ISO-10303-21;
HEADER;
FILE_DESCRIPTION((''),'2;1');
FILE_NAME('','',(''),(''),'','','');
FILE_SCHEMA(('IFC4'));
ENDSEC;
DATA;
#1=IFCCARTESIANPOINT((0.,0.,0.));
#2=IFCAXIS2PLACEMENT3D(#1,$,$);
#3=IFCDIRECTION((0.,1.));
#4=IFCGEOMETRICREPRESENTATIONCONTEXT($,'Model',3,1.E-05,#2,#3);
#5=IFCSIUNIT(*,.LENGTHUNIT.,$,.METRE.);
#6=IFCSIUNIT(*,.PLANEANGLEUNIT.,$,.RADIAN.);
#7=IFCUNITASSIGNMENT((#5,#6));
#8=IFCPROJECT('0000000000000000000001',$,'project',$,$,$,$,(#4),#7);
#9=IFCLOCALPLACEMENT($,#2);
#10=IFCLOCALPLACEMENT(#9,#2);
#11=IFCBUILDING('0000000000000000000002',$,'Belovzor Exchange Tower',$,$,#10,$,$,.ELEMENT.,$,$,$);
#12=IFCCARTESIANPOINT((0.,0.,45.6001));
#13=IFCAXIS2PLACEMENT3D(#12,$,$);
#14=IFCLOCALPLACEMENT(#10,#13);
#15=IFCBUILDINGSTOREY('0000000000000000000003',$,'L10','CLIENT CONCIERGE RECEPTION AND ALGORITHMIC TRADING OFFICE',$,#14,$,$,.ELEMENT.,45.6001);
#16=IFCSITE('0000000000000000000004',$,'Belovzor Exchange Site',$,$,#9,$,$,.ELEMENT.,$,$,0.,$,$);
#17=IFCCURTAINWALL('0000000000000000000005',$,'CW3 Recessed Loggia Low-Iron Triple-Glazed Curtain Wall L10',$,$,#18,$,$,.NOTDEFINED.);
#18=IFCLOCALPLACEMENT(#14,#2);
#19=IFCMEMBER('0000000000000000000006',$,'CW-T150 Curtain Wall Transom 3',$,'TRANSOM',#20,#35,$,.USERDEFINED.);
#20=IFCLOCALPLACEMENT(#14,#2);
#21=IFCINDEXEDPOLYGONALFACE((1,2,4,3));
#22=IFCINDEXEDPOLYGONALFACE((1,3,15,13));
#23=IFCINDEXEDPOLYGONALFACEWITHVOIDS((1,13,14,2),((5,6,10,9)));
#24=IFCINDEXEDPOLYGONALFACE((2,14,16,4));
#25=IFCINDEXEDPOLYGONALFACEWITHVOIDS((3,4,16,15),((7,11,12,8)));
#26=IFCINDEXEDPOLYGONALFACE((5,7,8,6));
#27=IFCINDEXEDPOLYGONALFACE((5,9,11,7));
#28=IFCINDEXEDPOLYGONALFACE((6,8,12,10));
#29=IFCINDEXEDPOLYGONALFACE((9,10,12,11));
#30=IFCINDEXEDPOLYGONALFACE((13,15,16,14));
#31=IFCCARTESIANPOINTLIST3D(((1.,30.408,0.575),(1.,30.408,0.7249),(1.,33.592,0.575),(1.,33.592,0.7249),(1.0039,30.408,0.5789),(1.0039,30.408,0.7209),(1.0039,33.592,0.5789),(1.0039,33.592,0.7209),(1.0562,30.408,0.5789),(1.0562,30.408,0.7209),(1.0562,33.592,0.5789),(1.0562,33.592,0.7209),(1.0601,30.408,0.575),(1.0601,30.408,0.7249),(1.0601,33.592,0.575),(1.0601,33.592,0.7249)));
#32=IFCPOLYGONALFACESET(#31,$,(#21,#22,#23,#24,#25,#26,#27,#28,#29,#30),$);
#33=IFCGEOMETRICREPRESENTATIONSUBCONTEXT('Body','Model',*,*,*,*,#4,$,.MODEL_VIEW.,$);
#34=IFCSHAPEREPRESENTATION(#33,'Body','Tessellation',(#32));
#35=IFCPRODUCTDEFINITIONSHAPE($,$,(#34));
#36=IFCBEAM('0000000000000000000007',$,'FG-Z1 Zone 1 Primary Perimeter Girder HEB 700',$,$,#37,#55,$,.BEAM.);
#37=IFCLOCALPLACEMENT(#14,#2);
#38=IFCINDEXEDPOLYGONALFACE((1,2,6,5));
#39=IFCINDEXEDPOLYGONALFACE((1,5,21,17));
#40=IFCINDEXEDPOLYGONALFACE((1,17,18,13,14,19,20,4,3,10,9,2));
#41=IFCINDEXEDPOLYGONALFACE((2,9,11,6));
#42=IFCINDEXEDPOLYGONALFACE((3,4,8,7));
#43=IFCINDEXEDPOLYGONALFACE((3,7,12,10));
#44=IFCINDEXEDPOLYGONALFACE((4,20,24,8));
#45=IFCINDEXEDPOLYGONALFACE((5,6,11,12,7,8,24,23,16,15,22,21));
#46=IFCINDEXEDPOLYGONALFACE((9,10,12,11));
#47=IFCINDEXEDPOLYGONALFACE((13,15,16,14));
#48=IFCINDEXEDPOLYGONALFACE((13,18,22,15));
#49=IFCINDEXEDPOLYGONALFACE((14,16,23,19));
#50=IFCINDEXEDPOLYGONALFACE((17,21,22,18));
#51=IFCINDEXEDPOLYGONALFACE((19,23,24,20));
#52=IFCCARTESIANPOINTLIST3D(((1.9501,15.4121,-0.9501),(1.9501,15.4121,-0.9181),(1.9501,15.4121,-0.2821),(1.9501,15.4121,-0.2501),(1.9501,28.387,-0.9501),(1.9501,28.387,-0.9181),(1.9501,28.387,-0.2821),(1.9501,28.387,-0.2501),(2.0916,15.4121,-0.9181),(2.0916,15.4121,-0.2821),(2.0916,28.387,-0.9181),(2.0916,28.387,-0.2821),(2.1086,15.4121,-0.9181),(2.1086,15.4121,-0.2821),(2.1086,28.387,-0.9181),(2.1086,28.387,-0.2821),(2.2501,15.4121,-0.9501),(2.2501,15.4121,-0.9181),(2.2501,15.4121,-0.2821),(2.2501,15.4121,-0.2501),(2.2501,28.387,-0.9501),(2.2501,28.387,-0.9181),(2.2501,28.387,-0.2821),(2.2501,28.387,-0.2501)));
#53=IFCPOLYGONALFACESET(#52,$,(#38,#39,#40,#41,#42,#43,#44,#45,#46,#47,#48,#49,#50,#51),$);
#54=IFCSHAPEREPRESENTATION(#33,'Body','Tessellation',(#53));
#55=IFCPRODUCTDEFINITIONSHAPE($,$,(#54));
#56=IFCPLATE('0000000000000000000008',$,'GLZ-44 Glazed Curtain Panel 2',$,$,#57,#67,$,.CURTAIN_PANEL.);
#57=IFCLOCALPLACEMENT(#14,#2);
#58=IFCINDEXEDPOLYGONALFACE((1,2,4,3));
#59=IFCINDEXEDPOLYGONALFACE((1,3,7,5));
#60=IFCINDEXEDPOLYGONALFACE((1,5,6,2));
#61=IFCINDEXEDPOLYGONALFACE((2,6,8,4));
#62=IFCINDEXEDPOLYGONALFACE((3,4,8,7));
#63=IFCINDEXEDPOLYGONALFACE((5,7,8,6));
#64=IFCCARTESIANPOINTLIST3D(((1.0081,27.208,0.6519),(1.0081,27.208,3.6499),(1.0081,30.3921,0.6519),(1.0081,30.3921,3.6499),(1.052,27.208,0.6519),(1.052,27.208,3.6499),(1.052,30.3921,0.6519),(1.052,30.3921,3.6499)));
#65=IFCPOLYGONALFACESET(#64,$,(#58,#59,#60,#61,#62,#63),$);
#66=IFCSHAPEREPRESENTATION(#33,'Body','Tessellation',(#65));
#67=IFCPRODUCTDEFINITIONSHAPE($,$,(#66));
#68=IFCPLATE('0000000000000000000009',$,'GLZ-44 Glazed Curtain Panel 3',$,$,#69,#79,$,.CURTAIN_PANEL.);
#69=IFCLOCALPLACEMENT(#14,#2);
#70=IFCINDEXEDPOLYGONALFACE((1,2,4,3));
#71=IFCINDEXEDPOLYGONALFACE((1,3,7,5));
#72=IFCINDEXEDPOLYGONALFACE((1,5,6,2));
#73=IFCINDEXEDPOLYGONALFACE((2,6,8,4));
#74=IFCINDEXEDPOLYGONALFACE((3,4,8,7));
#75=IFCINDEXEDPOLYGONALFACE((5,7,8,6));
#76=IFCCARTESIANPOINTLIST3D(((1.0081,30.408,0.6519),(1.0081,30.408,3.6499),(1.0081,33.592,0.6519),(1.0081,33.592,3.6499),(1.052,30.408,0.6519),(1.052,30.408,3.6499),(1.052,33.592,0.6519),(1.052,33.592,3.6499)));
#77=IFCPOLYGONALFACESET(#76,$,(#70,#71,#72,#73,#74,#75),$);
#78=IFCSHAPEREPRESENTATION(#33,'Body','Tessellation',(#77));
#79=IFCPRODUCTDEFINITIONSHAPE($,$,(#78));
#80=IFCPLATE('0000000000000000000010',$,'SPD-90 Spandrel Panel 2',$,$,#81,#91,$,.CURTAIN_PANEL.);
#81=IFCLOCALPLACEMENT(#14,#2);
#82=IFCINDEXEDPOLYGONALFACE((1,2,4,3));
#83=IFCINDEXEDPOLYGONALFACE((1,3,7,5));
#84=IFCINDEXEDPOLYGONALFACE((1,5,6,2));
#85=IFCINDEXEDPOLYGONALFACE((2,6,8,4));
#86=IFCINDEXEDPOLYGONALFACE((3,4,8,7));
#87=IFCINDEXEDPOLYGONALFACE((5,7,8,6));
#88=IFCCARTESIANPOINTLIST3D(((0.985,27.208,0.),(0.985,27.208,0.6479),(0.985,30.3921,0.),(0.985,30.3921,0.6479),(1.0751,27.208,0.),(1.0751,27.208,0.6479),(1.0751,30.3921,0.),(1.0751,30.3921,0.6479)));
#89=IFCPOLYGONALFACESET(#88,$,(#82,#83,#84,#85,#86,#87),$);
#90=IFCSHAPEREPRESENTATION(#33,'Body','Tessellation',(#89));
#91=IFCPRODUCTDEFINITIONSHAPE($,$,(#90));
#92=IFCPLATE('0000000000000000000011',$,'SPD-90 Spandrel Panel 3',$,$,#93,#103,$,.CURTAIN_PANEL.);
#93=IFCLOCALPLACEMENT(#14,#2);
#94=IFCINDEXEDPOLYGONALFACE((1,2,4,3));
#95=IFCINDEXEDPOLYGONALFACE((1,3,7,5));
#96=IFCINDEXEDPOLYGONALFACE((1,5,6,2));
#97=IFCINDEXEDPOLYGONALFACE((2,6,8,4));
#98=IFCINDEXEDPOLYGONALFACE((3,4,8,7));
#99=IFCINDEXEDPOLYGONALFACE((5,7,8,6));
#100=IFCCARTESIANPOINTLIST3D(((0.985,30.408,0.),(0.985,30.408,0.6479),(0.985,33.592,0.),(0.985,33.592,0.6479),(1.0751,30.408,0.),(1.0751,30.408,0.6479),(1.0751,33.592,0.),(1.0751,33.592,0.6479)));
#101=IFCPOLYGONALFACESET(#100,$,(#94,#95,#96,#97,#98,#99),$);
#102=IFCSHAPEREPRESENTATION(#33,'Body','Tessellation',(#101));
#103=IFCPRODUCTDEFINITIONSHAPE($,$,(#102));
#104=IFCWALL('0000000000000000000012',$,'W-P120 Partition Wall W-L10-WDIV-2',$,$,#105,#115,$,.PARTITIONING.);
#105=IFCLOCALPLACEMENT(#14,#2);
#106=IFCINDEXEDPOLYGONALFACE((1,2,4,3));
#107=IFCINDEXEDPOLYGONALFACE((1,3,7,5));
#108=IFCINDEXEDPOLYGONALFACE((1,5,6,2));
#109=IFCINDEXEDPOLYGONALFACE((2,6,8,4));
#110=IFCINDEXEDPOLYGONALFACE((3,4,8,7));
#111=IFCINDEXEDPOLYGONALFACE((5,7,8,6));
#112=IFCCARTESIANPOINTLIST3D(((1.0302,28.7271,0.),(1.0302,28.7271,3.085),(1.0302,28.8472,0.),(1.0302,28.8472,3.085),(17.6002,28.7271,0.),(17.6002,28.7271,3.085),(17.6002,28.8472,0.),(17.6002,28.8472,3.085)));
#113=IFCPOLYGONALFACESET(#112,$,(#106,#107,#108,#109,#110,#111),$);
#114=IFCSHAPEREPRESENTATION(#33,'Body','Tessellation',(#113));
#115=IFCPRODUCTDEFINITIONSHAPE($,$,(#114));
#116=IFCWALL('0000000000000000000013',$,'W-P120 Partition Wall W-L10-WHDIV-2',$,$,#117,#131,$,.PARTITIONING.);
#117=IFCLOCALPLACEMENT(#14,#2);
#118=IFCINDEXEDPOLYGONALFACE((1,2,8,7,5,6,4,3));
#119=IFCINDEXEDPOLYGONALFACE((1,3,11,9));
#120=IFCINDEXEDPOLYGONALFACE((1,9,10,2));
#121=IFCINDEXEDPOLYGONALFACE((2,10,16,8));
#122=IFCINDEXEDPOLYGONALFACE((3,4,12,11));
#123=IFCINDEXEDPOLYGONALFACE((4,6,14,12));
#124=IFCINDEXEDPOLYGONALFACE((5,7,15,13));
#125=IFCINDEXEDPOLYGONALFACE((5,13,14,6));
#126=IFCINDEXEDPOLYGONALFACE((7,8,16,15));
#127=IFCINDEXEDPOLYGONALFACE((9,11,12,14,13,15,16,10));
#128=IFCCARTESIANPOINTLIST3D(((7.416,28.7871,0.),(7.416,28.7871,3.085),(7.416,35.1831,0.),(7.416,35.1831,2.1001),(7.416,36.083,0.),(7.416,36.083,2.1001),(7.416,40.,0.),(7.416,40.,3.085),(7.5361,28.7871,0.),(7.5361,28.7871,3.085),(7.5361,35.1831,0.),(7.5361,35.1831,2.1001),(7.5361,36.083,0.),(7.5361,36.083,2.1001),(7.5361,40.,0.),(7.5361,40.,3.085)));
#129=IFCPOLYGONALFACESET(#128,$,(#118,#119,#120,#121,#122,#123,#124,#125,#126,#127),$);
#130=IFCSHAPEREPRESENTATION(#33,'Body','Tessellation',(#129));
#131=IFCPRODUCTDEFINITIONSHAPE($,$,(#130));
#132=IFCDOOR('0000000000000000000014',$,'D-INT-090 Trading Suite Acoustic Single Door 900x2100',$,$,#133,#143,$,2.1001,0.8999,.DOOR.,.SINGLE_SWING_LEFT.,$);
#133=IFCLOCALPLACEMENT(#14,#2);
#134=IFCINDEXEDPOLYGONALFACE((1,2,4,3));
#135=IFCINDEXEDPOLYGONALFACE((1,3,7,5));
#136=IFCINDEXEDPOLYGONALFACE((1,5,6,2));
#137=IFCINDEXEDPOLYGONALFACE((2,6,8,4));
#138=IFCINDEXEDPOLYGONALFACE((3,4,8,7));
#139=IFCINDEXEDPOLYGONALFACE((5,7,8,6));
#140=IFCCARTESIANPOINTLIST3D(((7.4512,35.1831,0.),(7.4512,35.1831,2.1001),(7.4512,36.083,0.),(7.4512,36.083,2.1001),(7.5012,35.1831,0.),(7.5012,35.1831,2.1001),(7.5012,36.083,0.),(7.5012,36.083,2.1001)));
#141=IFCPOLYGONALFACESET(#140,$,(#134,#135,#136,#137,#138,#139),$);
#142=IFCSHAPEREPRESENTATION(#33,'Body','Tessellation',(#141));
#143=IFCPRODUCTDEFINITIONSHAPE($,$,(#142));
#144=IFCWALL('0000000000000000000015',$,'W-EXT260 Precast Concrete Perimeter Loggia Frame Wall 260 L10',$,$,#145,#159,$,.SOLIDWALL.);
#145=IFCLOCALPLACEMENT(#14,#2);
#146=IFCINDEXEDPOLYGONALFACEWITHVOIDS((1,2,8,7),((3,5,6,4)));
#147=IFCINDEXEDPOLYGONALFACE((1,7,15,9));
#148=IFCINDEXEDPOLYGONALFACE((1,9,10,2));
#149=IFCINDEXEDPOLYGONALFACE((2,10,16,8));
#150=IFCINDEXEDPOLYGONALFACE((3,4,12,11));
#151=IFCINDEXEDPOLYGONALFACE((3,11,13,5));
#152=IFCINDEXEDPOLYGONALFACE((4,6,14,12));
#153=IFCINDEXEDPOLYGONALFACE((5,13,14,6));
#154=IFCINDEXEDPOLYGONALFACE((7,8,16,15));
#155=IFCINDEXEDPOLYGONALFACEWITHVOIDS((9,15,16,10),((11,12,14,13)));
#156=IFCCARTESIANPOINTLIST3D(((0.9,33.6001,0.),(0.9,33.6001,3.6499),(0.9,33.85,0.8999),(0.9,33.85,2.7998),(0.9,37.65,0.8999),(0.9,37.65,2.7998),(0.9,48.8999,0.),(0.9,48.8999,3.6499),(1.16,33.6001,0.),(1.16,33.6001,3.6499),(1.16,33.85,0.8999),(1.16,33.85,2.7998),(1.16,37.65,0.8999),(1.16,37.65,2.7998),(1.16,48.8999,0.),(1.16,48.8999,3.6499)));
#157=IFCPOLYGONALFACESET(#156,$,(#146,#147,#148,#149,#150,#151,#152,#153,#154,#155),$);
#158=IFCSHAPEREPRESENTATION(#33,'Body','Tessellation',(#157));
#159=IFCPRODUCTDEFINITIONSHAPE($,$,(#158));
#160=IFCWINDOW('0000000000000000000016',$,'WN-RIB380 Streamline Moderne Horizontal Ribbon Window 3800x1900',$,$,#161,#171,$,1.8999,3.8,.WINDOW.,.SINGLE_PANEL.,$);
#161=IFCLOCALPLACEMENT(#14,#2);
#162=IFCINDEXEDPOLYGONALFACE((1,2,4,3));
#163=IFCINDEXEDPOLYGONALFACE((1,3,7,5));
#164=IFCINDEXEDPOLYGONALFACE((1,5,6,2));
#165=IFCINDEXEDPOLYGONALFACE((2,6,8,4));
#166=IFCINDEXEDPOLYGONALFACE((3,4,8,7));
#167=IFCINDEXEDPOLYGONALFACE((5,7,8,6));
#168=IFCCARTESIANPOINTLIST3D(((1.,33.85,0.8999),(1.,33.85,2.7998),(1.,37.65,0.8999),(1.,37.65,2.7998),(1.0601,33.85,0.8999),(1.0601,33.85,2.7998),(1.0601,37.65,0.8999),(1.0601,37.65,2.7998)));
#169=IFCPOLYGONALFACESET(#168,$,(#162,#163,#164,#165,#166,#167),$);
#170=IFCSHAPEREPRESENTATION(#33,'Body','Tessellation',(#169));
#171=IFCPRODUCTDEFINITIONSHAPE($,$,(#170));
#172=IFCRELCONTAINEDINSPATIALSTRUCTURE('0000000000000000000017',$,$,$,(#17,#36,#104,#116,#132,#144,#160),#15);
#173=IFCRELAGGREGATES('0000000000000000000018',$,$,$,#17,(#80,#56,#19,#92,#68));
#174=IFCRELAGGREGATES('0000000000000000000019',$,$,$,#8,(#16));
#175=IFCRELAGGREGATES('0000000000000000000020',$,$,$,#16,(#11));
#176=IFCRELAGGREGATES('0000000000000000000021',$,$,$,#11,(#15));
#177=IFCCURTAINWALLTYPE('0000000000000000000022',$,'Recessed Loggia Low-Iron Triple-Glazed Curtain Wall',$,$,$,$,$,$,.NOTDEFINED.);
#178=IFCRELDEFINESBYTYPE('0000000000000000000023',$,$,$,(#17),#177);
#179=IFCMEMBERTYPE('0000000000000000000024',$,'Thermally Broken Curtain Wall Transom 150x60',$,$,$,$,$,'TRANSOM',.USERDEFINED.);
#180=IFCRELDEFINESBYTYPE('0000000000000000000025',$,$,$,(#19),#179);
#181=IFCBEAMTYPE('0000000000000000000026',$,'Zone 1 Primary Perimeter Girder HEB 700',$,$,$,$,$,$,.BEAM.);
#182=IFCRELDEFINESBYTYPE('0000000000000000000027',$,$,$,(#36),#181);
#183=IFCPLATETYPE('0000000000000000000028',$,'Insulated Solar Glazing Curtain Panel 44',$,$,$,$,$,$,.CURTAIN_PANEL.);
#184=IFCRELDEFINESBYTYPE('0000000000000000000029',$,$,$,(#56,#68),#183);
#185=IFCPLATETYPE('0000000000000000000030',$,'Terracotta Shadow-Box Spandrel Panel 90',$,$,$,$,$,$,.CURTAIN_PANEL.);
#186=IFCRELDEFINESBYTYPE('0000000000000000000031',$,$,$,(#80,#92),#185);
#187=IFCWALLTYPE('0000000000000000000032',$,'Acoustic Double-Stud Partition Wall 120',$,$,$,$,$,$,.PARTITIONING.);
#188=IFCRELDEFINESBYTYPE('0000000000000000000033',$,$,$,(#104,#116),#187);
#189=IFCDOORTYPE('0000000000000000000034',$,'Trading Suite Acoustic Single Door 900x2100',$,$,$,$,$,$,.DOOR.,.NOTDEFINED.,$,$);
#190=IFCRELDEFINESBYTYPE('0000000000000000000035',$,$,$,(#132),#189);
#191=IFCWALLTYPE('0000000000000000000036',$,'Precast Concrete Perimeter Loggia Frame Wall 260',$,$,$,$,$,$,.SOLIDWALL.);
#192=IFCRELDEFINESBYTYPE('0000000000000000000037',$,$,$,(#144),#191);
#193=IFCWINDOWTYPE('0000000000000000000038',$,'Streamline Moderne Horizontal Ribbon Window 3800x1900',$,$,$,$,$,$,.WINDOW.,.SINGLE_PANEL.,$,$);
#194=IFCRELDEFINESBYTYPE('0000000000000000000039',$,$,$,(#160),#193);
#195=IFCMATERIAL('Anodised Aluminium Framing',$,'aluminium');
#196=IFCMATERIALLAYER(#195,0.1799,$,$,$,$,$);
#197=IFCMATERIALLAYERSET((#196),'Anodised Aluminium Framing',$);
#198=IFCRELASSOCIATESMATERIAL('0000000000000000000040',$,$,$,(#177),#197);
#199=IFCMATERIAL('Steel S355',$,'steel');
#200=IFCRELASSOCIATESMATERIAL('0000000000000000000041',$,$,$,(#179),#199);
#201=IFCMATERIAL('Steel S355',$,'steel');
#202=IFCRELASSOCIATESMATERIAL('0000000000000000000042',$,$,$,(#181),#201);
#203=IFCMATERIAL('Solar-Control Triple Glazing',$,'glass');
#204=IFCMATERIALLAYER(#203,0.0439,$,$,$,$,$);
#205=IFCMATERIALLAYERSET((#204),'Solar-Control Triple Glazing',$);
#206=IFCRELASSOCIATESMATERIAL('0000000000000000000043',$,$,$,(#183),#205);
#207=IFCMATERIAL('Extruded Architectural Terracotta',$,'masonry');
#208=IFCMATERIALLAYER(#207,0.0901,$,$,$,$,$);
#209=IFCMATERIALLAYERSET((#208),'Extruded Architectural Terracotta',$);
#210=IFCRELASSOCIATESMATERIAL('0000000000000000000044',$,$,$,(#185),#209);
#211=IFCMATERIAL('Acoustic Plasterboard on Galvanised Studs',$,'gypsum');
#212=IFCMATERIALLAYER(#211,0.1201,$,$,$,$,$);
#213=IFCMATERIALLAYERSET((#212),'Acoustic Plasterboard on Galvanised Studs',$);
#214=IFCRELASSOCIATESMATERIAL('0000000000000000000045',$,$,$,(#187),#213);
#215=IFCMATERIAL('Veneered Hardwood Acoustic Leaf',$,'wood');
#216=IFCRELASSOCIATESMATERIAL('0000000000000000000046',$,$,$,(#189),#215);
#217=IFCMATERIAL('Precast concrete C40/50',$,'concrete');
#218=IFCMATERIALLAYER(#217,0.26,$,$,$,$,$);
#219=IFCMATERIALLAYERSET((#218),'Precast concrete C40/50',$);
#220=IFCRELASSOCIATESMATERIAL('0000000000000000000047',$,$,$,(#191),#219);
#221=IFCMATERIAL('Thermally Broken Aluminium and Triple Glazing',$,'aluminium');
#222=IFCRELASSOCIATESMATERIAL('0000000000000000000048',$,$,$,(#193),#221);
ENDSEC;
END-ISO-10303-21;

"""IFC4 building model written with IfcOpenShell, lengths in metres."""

from ifc_helpers import new_model, si_unit, direction, frame, frame_2d, origin, origin_2d, place, context, subcontext, project, spatial, rectangle, hollow_rectangle, i_section, extrude, material, layer, layer_set, material_profile, profile_set, type_object, element, fill, aggregate, save


model = new_model("IFC4")

# Units and contexts
model_context = context("Model", 3, precision=1e-05, world=origin(), true_north=direction((0.0, 1.0)))
body_context = subcontext(model_context, "Body", "Model", "MODEL_VIEW")
ifc_project = project(units=[si_unit("LENGTHUNIT", "METRE"), si_unit("PLANEANGLEUNIT", "RADIAN")], contexts=[model_context])

# Site, building, storey
site_placement = place(None, origin())
site = spatial("IfcSite", under=ifc_project, at=site_placement, Name="Belovzor Exchange Site", CompositionType="ELEMENT", RefElevation=0.0)
building_placement = place(site_placement, origin())
building = spatial("IfcBuilding", under=site, at=building_placement, Name="Belovzor Exchange Tower", CompositionType="ELEMENT")
storey_placement = place(building_placement, frame((0.0, 0.0, 45.6001)))
storey = spatial("IfcBuildingStorey", under=building, at=storey_placement, Name="L10", Description="CLIENT CONCIERGE RECEPTION AND ALGORITHMIC TRADING OFFICE", CompositionType="ELEMENT", Elevation=45.6001)

# Curtain wall, member
ifc_material_1 = material(Name="Anodised Aluminium Framing", Category="aluminium")
ifc_layer_1 = layer(ifc_material_1, 0.1799)
ifc_layer_set_1 = layer_set([ifc_layer_1], Name="Anodised Aluminium Framing")
curtain_wall_type = type_object("IfcCurtainWallType", Name="Recessed Loggia Low-Iron Triple-Glazed Curtain Wall", PredefinedType="NOTDEFINED", material=ifc_layer_set_1)
curtain_wall_placement = place(storey_placement, origin())
curtain_wall = element("IfcCurtainWall", 1, at=curtain_wall_placement, inside=storey, type_object=curtain_wall_type, Name="CW3 Recessed Loggia Low-Iron Triple-Glazed Curtain Wall L10", PredefinedType="NOTDEFINED")
ifc_material_2 = material(Name="Steel S355", Category="steel")
ifc_material_profile_1 = material_profile(ifc_material_2, hollow_rectangle(XDim=0.0601, YDim=0.1499, WallThickness=0.0039, at=origin_2d()))
ifc_profile_set_1 = profile_set([ifc_material_profile_1], Name="Steel S355")
member_type_1 = type_object("IfcMemberType", Name="Thermally Broken Curtain Wall Transom 150x60", ElementType="TRANSOM", PredefinedType="USERDEFINED", material=ifc_profile_set_1)
member_1_placement = place(storey_placement, frame((1.03, 30.408, 0.6499), z_axis=(0.0, 1.0, 0.0), x_axis=(-1.0, 0.0, 0.0)))
member_1 = element("IfcMember", 2, at=member_1_placement, type_object=member_type_1, Name="CW-T150 Curtain Wall Transom 3", ObjectType="TRANSOM", PredefinedType="USERDEFINED", context=body_context, shape_type="SweptSolid", body=[
    extrude(hollow_rectangle(XDim=0.0601, YDim=0.1499, WallThickness=0.0039, at=origin_2d()), origin(), (0.0, 0.0, 1.0), 3.1841),
])

# Beam
ifc_material_3 = material(Name="Steel S355", Category="steel")
ifc_material_profile_2 = material_profile(ifc_material_3, i_section(OverallWidth=0.3, OverallDepth=0.7, WebThickness=0.0171, FlangeThickness=0.032, at=origin_2d()))
ifc_profile_set_2 = profile_set([ifc_material_profile_2], Name="Steel S355")
beam_type_1 = type_object("IfcBeamType", Name="Zone 1 Primary Perimeter Girder HEB 700", PredefinedType="BEAM", material=ifc_profile_set_2)
beam_1_placement = place(storey_placement, frame((2.1001, 28.387, -0.6001), z_axis=(0.0, -1.0, 0.0), x_axis=(1.0, 0.0, 0.0)))
element("IfcBeam", 3, at=beam_1_placement, inside=storey, type_object=beam_type_1, Name="FG-Z1 Zone 1 Primary Perimeter Girder HEB 700", PredefinedType="BEAM", context=body_context, shape_type="SweptSolid", body=[
    extrude(i_section(OverallWidth=0.3, OverallDepth=0.7, WebThickness=0.0171, FlangeThickness=0.032, at=origin_2d()), origin(), (0.0, 0.0, 1.0), 12.9749),
])

# Plates
ifc_material_4 = material(Name="Solar-Control Triple Glazing", Category="glass")
ifc_layer_2 = layer(ifc_material_4, 0.0439)
ifc_layer_set_2 = layer_set([ifc_layer_2], Name="Solar-Control Triple Glazing")
plate_type_1 = type_object("IfcPlateType", Name="Insulated Solar Glazing Curtain Panel 44", PredefinedType="CURTAIN_PANEL", material=ifc_layer_set_2)
plate_1_placement = place(storey_placement, frame((1.03, 28.8, 0.6519), z_axis=(0.0, 0.0, 1.0), x_axis=(0.0, 1.0, 0.0)))
plate_1 = element("IfcPlate", 4, at=plate_1_placement, type_object=plate_type_1, Name="GLZ-44 Glazed Curtain Panel 2", PredefinedType="CURTAIN_PANEL", context=body_context, shape_type="SweptSolid", body=[
    extrude(rectangle(XDim=3.1841, YDim=0.0439, at=origin_2d()), origin(), (0.0, 0.0, 1.0), 2.998),
])
plate_2_placement = place(storey_placement, frame((1.03, 32.0, 0.6519), z_axis=(0.0, 0.0, 1.0), x_axis=(0.0, 1.0, 0.0)))
plate_2 = element("IfcPlate", 5, at=plate_2_placement, type_object=plate_type_1, Name="GLZ-44 Glazed Curtain Panel 3", PredefinedType="CURTAIN_PANEL", context=body_context, shape_type="SweptSolid", body=[
    extrude(rectangle(XDim=3.1841, YDim=0.0439, at=origin_2d()), origin(), (0.0, 0.0, 1.0), 2.998),
])
ifc_material_5 = material(Name="Extruded Architectural Terracotta", Category="masonry")
ifc_layer_3 = layer(ifc_material_5, 0.0901)
ifc_layer_set_3 = layer_set([ifc_layer_3], Name="Extruded Architectural Terracotta")
plate_type_2 = type_object("IfcPlateType", Name="Terracotta Shadow-Box Spandrel Panel 90", PredefinedType="CURTAIN_PANEL", material=ifc_layer_set_3)
plate_3_placement = place(storey_placement, frame((1.03, 28.8, 0.0), z_axis=(0.0, 0.0, 1.0), x_axis=(0.0, 1.0, 0.0)))
plate_3 = element("IfcPlate", 6, at=plate_3_placement, type_object=plate_type_2, Name="SPD-90 Spandrel Panel 2", PredefinedType="CURTAIN_PANEL", context=body_context, shape_type="SweptSolid", body=[
    extrude(rectangle(XDim=3.1841, YDim=0.0901, at=origin_2d()), origin(), (0.0, 0.0, 1.0), 0.6479),
])
plate_4_placement = place(storey_placement, frame((1.03, 32.0, 0.0), z_axis=(0.0, 0.0, 1.0), x_axis=(0.0, 1.0, 0.0)))
plate_4 = element("IfcPlate", 7, at=plate_4_placement, type_object=plate_type_2, Name="SPD-90 Spandrel Panel 3", PredefinedType="CURTAIN_PANEL", context=body_context, shape_type="SweptSolid", body=[
    extrude(rectangle(XDim=3.1841, YDim=0.0901, at=origin_2d()), origin(), (0.0, 0.0, 1.0), 0.6479),
])
aggregate(curtain_wall, [plate_3, plate_1, member_1, plate_4, plate_2])

# Wall
ifc_material_6 = material(Name="Acoustic Plasterboard on Galvanised Studs", Category="gypsum")
ifc_layer_4 = layer(ifc_material_6, 0.1201)
ifc_layer_set_4 = layer_set([ifc_layer_4], Name="Acoustic Plasterboard on Galvanised Studs")
wall_type_1 = type_object("IfcWallType", Name="Acoustic Double-Stud Partition Wall 120", PredefinedType="PARTITIONING", material=ifc_layer_set_4)
wall_1_placement = place(storey_placement, frame((1.03, 28.7871, 0.0), z_axis=(0.0, 0.0, 1.0), x_axis=(1.0, 0.0, 0.0)))
element("IfcWall", 8, at=wall_1_placement, inside=storey, type_object=wall_type_1, Name="W-P120 Partition Wall W-L10-WDIV-2", PredefinedType="PARTITIONING", context=body_context, shape_type="SweptSolid", body=[
    extrude(rectangle(XDim=16.5701, YDim=0.1201, at=frame_2d((8.2852, 0.0))), origin(), (0.0, 0.0, 1.0), 3.085),
])

# Wall, opening, door
wall_2_placement = place(storey_placement, frame((7.4761, 28.7871, 0.0), z_axis=(0.0, 0.0, 1.0), x_axis=(0.0, 1.0, 0.0)))
wall_2 = element("IfcWall", 9, at=wall_2_placement, inside=storey, type_object=wall_type_1, Name="W-P120 Partition Wall W-L10-WHDIV-2", PredefinedType="PARTITIONING", context=body_context, shape_type="SweptSolid", body=[
    extrude(rectangle(XDim=11.2129, YDim=0.1201, at=frame_2d((5.6064, 0.0))), origin(), (0.0, 0.0, 1.0), 3.085),
])
opening_1_placement = place(wall_2_placement, frame((6.396, 0.0, 0.0)))
opening_1 = element("IfcOpeningElement", 10, at=opening_1_placement, cuts=wall_2, PredefinedType="OPENING", context=body_context, shape_type="SweptSolid", body=[
    extrude(rectangle(XDim=0.8999, YDim=2.1001, at=frame_2d((0.45, 1.05))), frame((0.0, 0.0701, 0.0), z_axis=(0.0, -1.0, 0.0), x_axis=(1.0, 0.0, 0.0)), (0.0, 0.0, 1.0), 0.1401),
])
ifc_material_7 = material(Name="Veneered Hardwood Acoustic Leaf", Category="wood")
door_type = type_object("IfcDoorType", Name="Trading Suite Acoustic Single Door 900x2100", OperationType="NOTDEFINED", PredefinedType="DOOR", material=ifc_material_7)
door_placement = place(opening_1_placement, origin())
door = element("IfcDoor", 11, at=door_placement, inside=storey, type_object=door_type, Name="D-INT-090 Trading Suite Acoustic Single Door 900x2100", OperationType="SINGLE_SWING_LEFT", OverallHeight=2.1001, OverallWidth=0.8999, PredefinedType="DOOR", context=body_context, shape_type="SweptSolid", body=[
    extrude(rectangle(XDim=0.8999, YDim=2.1001, at=frame_2d((0.45, 1.05))), frame((0.0, 0.0249, 0.0), z_axis=(0.0, -1.0, 0.0), x_axis=(1.0, 0.0, 0.0)), (0.0, 0.0, 1.0), 0.05),
])
fill(opening_1, door)

# Wall, opening, window
ifc_material_8 = material(Name="Precast concrete C40/50", Category="concrete")
ifc_layer_5 = layer(ifc_material_8, 0.26)
ifc_layer_set_5 = layer_set([ifc_layer_5], Name="Precast concrete C40/50")
wall_type_2 = type_object("IfcWallType", Name="Precast Concrete Perimeter Loggia Frame Wall 260", PredefinedType="SOLIDWALL", material=ifc_layer_set_5)
wall_3_placement = place(storey_placement, frame((1.03, 33.6001, 0.0), z_axis=(0.0, 0.0, 1.0), x_axis=(0.0, 1.0, 0.0)))
wall_3 = element("IfcWall", 12, at=wall_3_placement, inside=storey, type_object=wall_type_2, Name="W-EXT260 Precast Concrete Perimeter Loggia Frame Wall 260 L10", PredefinedType="SOLIDWALL", context=body_context, shape_type="SweptSolid", body=[
    extrude(rectangle(XDim=15.2998, YDim=0.26, at=frame_2d((7.6499, 0.0))), origin(), (0.0, 0.0, 1.0), 3.6499),
])
opening_2_placement = place(wall_3_placement, frame((0.25, 0.0, 0.8999)))
opening_2 = element("IfcOpeningElement", 13, at=opening_2_placement, cuts=wall_3, PredefinedType="OPENING", context=body_context, shape_type="SweptSolid", body=[
    extrude(rectangle(XDim=3.8, YDim=1.8999, at=frame_2d((1.8999, 0.95))), frame((0.0, 0.1399, 0.0), z_axis=(0.0, -1.0, 0.0), x_axis=(1.0, 0.0, 0.0)), (0.0, 0.0, 1.0), 0.28),
])
ifc_material_9 = material(Name="Thermally Broken Aluminium and Triple Glazing", Category="aluminium")
window_type = type_object("IfcWindowType", Name="Streamline Moderne Horizontal Ribbon Window 3800x1900", PartitioningType="SINGLE_PANEL", PredefinedType="WINDOW", material=ifc_material_9)
window_placement = place(opening_2_placement, origin())
window = element("IfcWindow", 14, at=window_placement, inside=storey, type_object=window_type, Name="WN-RIB380 Streamline Moderne Horizontal Ribbon Window 3800x1900", OverallHeight=1.8999, OverallWidth=3.8, PartitioningType="SINGLE_PANEL", PredefinedType="WINDOW", context=body_context, shape_type="SweptSolid", body=[
    extrude(rectangle(XDim=3.8, YDim=1.8999, at=frame_2d((1.8999, 0.95))), frame((0.0, 0.03, 0.0), z_axis=(0.0, -1.0, 0.0), x_axis=(1.0, 0.0, 0.0)), (0.0, 0.0, 1.0), 0.0601),
])
fill(opening_2, window)

save(model, "model.ifc")
